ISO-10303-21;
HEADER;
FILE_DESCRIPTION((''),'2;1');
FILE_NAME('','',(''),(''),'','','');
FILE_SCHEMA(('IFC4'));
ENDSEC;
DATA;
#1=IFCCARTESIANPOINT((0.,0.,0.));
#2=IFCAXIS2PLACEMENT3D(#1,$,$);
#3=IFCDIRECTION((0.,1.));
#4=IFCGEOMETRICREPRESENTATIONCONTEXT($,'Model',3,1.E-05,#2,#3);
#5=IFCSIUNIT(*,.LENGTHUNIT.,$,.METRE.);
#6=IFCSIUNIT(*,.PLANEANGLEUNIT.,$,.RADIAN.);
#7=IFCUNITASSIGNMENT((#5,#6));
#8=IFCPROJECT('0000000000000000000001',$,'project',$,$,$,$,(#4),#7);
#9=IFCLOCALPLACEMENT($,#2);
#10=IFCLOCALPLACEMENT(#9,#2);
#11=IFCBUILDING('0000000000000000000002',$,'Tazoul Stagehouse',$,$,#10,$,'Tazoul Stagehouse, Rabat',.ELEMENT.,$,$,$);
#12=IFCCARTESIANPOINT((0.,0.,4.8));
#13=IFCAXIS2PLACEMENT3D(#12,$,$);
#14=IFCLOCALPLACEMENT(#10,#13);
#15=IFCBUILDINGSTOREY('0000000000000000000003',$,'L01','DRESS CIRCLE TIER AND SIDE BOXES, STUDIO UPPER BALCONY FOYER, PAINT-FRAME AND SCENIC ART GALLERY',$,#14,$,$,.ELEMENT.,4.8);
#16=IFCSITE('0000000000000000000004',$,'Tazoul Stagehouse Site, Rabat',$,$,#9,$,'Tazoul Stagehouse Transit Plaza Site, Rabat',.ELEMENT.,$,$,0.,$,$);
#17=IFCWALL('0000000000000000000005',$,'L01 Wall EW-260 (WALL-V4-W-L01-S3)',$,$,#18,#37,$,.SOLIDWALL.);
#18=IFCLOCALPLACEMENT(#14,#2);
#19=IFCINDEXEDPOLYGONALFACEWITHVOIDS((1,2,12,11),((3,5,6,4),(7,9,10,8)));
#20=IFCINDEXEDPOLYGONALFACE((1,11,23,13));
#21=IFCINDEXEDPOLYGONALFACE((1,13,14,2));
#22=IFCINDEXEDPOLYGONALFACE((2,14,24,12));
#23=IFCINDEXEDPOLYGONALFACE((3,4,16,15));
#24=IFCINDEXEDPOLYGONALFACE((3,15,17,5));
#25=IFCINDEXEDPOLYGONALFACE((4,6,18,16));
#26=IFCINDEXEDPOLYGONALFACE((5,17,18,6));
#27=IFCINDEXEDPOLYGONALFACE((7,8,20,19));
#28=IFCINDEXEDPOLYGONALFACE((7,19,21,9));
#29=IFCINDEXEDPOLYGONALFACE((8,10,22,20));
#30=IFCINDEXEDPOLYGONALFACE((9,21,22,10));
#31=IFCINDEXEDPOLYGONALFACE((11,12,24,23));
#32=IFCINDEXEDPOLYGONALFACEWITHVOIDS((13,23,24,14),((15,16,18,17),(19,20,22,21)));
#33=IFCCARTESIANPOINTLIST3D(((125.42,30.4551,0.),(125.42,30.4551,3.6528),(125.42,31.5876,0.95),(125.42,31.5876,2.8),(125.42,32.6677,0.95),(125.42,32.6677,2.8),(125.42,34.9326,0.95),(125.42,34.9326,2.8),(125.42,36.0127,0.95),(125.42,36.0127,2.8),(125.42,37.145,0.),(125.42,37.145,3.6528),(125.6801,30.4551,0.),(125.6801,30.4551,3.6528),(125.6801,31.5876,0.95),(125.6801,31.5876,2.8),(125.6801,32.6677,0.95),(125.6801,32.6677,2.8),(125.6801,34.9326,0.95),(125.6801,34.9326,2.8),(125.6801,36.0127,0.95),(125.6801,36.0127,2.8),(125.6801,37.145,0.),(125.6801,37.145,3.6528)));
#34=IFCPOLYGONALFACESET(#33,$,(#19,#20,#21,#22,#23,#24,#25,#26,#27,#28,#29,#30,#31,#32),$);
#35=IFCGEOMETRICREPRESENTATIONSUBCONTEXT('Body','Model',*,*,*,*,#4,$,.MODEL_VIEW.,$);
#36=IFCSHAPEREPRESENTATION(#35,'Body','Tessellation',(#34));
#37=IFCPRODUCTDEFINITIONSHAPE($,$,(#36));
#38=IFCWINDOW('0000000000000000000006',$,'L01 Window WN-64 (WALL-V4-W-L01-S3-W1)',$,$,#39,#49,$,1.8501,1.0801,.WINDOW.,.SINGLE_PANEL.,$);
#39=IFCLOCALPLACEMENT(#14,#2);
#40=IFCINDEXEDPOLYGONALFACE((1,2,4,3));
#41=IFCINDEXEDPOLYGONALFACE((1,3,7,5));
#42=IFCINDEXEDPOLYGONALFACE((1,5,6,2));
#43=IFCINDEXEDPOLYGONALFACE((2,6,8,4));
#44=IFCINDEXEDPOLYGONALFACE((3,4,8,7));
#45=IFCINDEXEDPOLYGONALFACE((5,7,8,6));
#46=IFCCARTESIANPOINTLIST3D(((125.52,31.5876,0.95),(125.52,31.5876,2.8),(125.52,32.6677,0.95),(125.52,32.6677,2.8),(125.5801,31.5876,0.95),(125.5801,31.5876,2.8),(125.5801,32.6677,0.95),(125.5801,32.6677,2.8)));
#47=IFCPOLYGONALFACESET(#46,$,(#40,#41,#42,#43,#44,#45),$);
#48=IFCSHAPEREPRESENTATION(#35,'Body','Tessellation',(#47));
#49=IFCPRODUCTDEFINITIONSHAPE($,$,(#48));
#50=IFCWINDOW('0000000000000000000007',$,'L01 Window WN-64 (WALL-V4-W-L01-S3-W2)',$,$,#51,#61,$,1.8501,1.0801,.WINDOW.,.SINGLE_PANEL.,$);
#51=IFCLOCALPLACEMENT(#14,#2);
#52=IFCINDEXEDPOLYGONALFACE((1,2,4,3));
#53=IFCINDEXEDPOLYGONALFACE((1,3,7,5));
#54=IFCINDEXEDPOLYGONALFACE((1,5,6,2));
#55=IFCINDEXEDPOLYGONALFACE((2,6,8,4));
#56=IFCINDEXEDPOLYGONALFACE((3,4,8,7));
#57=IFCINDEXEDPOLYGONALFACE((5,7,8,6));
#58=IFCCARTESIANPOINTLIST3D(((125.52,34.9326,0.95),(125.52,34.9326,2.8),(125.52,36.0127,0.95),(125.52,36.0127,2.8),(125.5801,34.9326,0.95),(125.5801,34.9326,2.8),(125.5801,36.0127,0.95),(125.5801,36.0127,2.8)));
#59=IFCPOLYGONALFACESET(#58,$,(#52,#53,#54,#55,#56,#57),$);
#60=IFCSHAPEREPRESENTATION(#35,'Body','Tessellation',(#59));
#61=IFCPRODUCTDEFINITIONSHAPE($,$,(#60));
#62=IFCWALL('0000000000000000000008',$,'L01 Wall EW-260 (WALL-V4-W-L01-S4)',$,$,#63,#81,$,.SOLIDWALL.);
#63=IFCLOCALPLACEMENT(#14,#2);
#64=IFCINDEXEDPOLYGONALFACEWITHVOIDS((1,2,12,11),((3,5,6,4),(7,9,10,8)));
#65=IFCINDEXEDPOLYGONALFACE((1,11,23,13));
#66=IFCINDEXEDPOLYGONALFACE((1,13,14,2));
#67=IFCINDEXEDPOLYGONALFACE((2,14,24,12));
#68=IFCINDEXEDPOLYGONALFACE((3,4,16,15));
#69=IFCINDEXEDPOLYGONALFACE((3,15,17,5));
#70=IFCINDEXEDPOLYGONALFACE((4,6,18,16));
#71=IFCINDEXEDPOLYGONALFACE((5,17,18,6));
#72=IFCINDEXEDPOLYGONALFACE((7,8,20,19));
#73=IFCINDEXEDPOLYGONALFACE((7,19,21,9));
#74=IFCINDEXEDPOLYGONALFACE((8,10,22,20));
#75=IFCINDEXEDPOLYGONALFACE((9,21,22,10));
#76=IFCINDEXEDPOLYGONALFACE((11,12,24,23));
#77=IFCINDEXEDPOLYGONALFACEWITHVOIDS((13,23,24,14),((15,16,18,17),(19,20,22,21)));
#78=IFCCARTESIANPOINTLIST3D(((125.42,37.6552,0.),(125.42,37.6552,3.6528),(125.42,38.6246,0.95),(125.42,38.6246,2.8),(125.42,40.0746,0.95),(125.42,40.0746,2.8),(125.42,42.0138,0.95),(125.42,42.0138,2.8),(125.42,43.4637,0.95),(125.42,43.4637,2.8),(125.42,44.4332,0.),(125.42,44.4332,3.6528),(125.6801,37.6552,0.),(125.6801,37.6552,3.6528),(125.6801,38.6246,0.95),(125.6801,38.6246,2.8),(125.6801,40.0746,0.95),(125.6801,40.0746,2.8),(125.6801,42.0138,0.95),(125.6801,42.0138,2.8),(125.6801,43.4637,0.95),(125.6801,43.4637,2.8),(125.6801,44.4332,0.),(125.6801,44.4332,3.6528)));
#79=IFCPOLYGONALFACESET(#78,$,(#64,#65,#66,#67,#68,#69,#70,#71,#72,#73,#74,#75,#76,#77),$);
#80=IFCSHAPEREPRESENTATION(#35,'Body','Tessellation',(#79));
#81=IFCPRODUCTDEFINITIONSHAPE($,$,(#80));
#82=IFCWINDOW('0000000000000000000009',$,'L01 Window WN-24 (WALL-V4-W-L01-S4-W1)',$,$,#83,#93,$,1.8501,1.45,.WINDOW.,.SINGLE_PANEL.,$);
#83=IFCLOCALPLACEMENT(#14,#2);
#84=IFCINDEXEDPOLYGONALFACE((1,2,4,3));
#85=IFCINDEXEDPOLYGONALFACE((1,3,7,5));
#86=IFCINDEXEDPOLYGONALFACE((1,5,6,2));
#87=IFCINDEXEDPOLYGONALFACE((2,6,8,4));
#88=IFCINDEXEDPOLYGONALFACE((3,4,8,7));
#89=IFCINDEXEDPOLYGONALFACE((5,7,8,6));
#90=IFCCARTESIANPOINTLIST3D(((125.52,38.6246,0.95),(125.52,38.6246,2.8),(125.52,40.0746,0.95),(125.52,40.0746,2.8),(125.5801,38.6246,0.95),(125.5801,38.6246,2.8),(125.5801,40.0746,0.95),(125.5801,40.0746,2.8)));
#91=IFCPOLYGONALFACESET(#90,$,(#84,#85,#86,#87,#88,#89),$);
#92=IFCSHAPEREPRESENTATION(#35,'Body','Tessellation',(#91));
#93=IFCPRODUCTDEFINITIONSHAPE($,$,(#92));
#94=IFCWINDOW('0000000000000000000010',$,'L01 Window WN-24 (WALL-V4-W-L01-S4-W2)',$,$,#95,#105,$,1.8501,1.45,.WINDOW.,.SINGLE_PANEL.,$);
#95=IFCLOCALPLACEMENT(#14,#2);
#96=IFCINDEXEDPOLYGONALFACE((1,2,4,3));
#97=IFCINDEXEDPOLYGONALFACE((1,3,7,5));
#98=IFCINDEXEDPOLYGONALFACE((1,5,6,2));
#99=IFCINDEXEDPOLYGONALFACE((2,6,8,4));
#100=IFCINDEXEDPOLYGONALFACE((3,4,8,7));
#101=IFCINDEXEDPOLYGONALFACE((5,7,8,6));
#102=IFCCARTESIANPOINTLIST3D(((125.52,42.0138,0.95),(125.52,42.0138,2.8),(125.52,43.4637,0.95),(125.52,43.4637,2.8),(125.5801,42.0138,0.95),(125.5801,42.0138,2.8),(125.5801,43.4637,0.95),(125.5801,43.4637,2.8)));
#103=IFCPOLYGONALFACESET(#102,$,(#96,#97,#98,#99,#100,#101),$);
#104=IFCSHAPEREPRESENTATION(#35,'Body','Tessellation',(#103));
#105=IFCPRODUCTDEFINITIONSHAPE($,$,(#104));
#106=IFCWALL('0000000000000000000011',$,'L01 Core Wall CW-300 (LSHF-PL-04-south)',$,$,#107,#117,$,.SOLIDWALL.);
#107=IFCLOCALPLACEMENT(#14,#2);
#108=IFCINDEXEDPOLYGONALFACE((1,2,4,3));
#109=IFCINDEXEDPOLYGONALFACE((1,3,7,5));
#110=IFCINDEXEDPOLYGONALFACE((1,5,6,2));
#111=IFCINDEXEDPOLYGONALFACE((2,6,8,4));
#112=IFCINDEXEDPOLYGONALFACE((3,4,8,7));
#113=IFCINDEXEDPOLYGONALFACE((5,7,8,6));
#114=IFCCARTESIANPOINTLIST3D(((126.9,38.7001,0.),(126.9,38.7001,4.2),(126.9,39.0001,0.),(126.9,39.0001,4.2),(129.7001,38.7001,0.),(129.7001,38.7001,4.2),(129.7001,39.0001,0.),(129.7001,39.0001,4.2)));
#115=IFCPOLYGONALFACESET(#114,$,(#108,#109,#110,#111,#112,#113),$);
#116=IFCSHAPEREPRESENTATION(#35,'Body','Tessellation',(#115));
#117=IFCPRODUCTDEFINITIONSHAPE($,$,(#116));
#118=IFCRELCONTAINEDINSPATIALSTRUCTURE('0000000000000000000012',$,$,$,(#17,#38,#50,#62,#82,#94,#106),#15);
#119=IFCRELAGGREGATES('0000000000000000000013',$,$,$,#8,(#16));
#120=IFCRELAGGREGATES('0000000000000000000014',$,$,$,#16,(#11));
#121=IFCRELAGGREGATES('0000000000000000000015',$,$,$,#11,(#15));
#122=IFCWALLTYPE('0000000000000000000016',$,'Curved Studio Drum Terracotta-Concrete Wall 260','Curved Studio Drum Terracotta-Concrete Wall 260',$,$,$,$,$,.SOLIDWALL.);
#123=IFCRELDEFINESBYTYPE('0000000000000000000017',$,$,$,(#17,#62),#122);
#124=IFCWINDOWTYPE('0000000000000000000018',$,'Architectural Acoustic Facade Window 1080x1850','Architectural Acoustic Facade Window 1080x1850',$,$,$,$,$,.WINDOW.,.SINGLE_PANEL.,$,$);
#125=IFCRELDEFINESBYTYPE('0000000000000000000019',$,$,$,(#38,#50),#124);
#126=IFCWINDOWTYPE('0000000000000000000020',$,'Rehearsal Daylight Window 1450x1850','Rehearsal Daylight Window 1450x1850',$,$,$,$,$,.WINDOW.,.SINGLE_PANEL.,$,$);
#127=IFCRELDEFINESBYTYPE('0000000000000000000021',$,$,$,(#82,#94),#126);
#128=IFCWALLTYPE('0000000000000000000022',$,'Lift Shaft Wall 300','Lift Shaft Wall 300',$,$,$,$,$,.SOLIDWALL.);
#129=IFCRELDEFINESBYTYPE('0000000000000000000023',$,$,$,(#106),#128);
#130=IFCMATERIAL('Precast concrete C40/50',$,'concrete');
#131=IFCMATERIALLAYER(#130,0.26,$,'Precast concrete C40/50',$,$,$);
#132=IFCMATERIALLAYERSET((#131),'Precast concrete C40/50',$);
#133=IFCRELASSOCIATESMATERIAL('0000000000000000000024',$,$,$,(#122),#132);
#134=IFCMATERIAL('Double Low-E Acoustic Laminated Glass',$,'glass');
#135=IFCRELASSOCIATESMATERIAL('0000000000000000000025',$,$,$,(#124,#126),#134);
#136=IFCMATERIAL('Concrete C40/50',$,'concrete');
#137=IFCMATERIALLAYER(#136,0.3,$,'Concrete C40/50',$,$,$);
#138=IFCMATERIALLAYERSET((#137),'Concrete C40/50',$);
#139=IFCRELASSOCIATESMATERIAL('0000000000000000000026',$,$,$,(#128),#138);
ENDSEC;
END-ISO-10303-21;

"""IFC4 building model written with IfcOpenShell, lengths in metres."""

from ifc_helpers import new_model, si_unit, direction, frame, frame_2d, origin, place, context, subcontext, project, spatial, rectangle, extrude, material, layer, layer_set, type_object, element, fill, save


model = new_model("IFC4")

# Units and contexts
model_context = context("Model", 3, precision=1e-05, world=origin(), true_north=direction((0.0, 1.0)))
body_context = subcontext(model_context, "Body", "Model", "MODEL_VIEW")
ifc_project = project(units=[si_unit("LENGTHUNIT", "METRE"), si_unit("PLANEANGLEUNIT", "RADIAN")], contexts=[model_context])

# Site, building, storey
site_placement = place(None, origin())
site = spatial("IfcSite", under=ifc_project, at=site_placement, Name="Tazoul Stagehouse Site, Rabat", LongName="Tazoul Stagehouse Transit Plaza Site, Rabat", CompositionType="ELEMENT", RefElevation=0.0)
building_placement = place(site_placement, origin())
building = spatial("IfcBuilding", under=site, at=building_placement, Name="Tazoul Stagehouse", LongName="Tazoul Stagehouse, Rabat", CompositionType="ELEMENT")
storey_placement = place(building_placement, frame((0.0, 0.0, 4.8)))
storey = spatial("IfcBuildingStorey", under=building, at=storey_placement, Name="L01", Description="DRESS CIRCLE TIER AND SIDE BOXES, STUDIO UPPER BALCONY FOYER, PAINT-FRAME AND SCENIC ART GALLERY", CompositionType="ELEMENT", Elevation=4.8)

# Shared definitions
ifc_material_1 = material(Name="Concrete C40/50", Category="concrete")

# Walls, openings, windows
ifc_material_2 = material(Name="Precast concrete C40/50", Category="concrete")
ifc_layer_1 = layer(ifc_material_2, 0.26, Name="Precast concrete C40/50")
ifc_layer_set_1 = layer_set([ifc_layer_1], Name="Precast concrete C40/50")
wall_type_1 = type_object("IfcWallType", Name="Curved Studio Drum Terracotta-Concrete Wall 260", Description="Curved Studio Drum Terracotta-Concrete Wall 260", PredefinedType="SOLIDWALL", material=ifc_layer_set_1)
wall_1_placement = place(storey_placement, frame((125.55, 30.4551, 0.0), z_axis=(0.0, 0.0, 1.0), x_axis=(0.0, 1.0, 0.0)))
wall_1 = element("IfcWall", 1, at=wall_1_placement, inside=storey, type_object=wall_type_1, Name="L01 Wall EW-260 (WALL-V4-W-L01-S3)", PredefinedType="SOLIDWALL", context=body_context, shape_type="SweptSolid", body=[
    extrude(rectangle(XDim=6.6899, YDim=0.26, at=frame_2d((3.345, 0.0))), origin(), (0.0, 0.0, 1.0), 3.6528),
])
opening_1_placement = place(wall_1_placement, frame((1.1326, 0.0, 0.95)))
opening_1 = element("IfcOpeningElement", 2, at=opening_1_placement, cuts=wall_1, PredefinedType="OPENING", context=body_context, shape_type="SweptSolid", body=[
    extrude(rectangle(XDim=1.0801, YDim=1.8501, at=frame_2d((0.54, 0.925))), frame((0.0, 0.1499, 0.0), z_axis=(0.0, -1.0, 0.0), x_axis=(1.0, 0.0, 0.0)), (0.0, 0.0, 1.0), 0.3),
])
opening_2_placement = place(wall_1_placement, frame((4.4775, 0.0, 0.95)))
opening_2 = element("IfcOpeningElement", 3, at=opening_2_placement, cuts=wall_1, PredefinedType="OPENING", context=body_context, shape_type="SweptSolid", body=[
    extrude(rectangle(XDim=1.0801, YDim=1.8501, at=frame_2d((0.54, 0.925))), frame((0.0, 0.1499, 0.0), z_axis=(0.0, -1.0, 0.0), x_axis=(1.0, 0.0, 0.0)), (0.0, 0.0, 1.0), 0.3),
])
ifc_material_3 = material(Name="Double Low-E Acoustic Laminated Glass", Category="glass")
window_type_1 = type_object("IfcWindowType", Name="Architectural Acoustic Facade Window 1080x1850", Description="Architectural Acoustic Facade Window 1080x1850", PartitioningType="SINGLE_PANEL", PredefinedType="WINDOW", material=ifc_material_3)
window_1_placement = place(opening_1_placement, origin())
window_1 = element("IfcWindow", 4, at=window_1_placement, inside=storey, type_object=window_type_1, Name="L01 Window WN-64 (WALL-V4-W-L01-S3-W1)", OverallHeight=1.8501, OverallWidth=1.0801, PartitioningType="SINGLE_PANEL", PredefinedType="WINDOW", context=body_context, shape_type="SweptSolid", body=[
    extrude(rectangle(XDim=1.0801, YDim=1.8501, at=frame_2d((0.54, 0.925))), frame((0.0, 0.03, 0.0), z_axis=(0.0, -1.0, 0.0), x_axis=(1.0, 0.0, 0.0)), (0.0, 0.0, 1.0), 0.0601),
])
fill(opening_1, window_1)
window_2_placement = place(opening_2_placement, origin())
window_2 = element("IfcWindow", 5, at=window_2_placement, inside=storey, type_object=window_type_1, Name="L01 Window WN-64 (WALL-V4-W-L01-S3-W2)", OverallHeight=1.8501, OverallWidth=1.0801, PartitioningType="SINGLE_PANEL", PredefinedType="WINDOW", context=body_context, shape_type="SweptSolid", body=[
    extrude(rectangle(XDim=1.0801, YDim=1.8501, at=frame_2d((0.54, 0.925))), frame((0.0, 0.03, 0.0), z_axis=(0.0, -1.0, 0.0), x_axis=(1.0, 0.0, 0.0)), (0.0, 0.0, 1.0), 0.0601),
])
fill(opening_2, window_2)
wall_2_placement = place(storey_placement, frame((125.55, 37.655, 0.0), z_axis=(0.0, 0.0, 1.0), x_axis=(0.0, 1.0, 0.0)))
wall_2 = element("IfcWall", 6, at=wall_2_placement, inside=storey, type_object=wall_type_1, Name="L01 Wall EW-260 (WALL-V4-W-L01-S4)", PredefinedType="SOLIDWALL", context=body_context, shape_type="SweptSolid", body=[
    extrude(rectangle(XDim=6.7781, YDim=0.26, at=frame_2d((3.3892, 0.0))), origin(), (0.0, 0.0, 1.0), 3.6528),
])
opening_3_placement = place(wall_2_placement, frame((0.9695, 0.0, 0.95)))
opening_3 = element("IfcOpeningElement", 7, at=opening_3_placement, cuts=wall_2, PredefinedType="OPENING", context=body_context, shape_type="SweptSolid", body=[
    extrude(rectangle(XDim=1.45, YDim=1.8501, at=frame_2d((0.7251, 0.925))), frame((0.0, 0.1499, 0.0), z_axis=(0.0, -1.0, 0.0), x_axis=(1.0, 0.0, 0.0)), (0.0, 0.0, 1.0), 0.3),
])
opening_4_placement = place(wall_2_placement, frame((4.3586, 0.0, 0.95)))
opening_4 = element("IfcOpeningElement", 8, at=opening_4_placement, cuts=wall_2, PredefinedType="OPENING", context=body_context, shape_type="SweptSolid", body=[
    extrude(rectangle(XDim=1.45, YDim=1.8501, at=frame_2d((0.7251, 0.925))), frame((0.0, 0.1499, 0.0), z_axis=(0.0, -1.0, 0.0), x_axis=(1.0, 0.0, 0.0)), (0.0, 0.0, 1.0), 0.3),
])
window_type_2 = type_object("IfcWindowType", Name="Rehearsal Daylight Window 1450x1850", Description="Rehearsal Daylight Window 1450x1850", PartitioningType="SINGLE_PANEL", PredefinedType="WINDOW", material=ifc_material_3)
window_3_placement = place(opening_3_placement, origin())
window_3 = element("IfcWindow", 9, at=window_3_placement, inside=storey, type_object=window_type_2, Name="L01 Window WN-24 (WALL-V4-W-L01-S4-W1)", OverallHeight=1.8501, OverallWidth=1.45, PartitioningType="SINGLE_PANEL", PredefinedType="WINDOW", context=body_context, shape_type="SweptSolid", body=[
    extrude(rectangle(XDim=1.45, YDim=1.8501, at=frame_2d((0.7251, 0.925))), frame((0.0, 0.03, 0.0), z_axis=(0.0, -1.0, 0.0), x_axis=(1.0, 0.0, 0.0)), (0.0, 0.0, 1.0), 0.0601),
])
fill(opening_3, window_3)
window_4_placement = place(opening_4_placement, origin())
window_4 = element("IfcWindow", 10, at=window_4_placement, inside=storey, type_object=window_type_2, Name="L01 Window WN-24 (WALL-V4-W-L01-S4-W2)", OverallHeight=1.8501, OverallWidth=1.45, PartitioningType="SINGLE_PANEL", PredefinedType="WINDOW", context=body_context, shape_type="SweptSolid", body=[
    extrude(rectangle(XDim=1.45, YDim=1.8501, at=frame_2d((0.7251, 0.925))), frame((0.0, 0.03, 0.0), z_axis=(0.0, -1.0, 0.0), x_axis=(1.0, 0.0, 0.0)), (0.0, 0.0, 1.0), 0.0601),
])
fill(opening_4, window_4)

# Wall
ifc_layer_2 = layer(ifc_material_1, 0.3, Name="Concrete C40/50")
ifc_layer_set_2 = layer_set([ifc_layer_2], Name="Concrete C40/50")
wall_type_2 = type_object("IfcWallType", Name="Lift Shaft Wall 300", Description="Lift Shaft Wall 300", PredefinedType="SOLIDWALL", material=ifc_layer_set_2)
wall_3_placement = place(storey_placement, frame((129.7, 38.8501, 0.0), z_axis=(0.0, 0.0, 1.0), x_axis=(-1.0, 0.0, 0.0)))
element("IfcWall", 11, at=wall_3_placement, inside=storey, type_object=wall_type_2, Name="L01 Core Wall CW-300 (LSHF-PL-04-south)", PredefinedType="SOLIDWALL", context=body_context, shape_type="SweptSolid", body=[
    extrude(rectangle(XDim=2.8, YDim=0.3, at=frame_2d((1.3999, 0.0))), origin(), (0.0, 0.0, 1.0), 4.2),
])

save(model, "model.ifc")
